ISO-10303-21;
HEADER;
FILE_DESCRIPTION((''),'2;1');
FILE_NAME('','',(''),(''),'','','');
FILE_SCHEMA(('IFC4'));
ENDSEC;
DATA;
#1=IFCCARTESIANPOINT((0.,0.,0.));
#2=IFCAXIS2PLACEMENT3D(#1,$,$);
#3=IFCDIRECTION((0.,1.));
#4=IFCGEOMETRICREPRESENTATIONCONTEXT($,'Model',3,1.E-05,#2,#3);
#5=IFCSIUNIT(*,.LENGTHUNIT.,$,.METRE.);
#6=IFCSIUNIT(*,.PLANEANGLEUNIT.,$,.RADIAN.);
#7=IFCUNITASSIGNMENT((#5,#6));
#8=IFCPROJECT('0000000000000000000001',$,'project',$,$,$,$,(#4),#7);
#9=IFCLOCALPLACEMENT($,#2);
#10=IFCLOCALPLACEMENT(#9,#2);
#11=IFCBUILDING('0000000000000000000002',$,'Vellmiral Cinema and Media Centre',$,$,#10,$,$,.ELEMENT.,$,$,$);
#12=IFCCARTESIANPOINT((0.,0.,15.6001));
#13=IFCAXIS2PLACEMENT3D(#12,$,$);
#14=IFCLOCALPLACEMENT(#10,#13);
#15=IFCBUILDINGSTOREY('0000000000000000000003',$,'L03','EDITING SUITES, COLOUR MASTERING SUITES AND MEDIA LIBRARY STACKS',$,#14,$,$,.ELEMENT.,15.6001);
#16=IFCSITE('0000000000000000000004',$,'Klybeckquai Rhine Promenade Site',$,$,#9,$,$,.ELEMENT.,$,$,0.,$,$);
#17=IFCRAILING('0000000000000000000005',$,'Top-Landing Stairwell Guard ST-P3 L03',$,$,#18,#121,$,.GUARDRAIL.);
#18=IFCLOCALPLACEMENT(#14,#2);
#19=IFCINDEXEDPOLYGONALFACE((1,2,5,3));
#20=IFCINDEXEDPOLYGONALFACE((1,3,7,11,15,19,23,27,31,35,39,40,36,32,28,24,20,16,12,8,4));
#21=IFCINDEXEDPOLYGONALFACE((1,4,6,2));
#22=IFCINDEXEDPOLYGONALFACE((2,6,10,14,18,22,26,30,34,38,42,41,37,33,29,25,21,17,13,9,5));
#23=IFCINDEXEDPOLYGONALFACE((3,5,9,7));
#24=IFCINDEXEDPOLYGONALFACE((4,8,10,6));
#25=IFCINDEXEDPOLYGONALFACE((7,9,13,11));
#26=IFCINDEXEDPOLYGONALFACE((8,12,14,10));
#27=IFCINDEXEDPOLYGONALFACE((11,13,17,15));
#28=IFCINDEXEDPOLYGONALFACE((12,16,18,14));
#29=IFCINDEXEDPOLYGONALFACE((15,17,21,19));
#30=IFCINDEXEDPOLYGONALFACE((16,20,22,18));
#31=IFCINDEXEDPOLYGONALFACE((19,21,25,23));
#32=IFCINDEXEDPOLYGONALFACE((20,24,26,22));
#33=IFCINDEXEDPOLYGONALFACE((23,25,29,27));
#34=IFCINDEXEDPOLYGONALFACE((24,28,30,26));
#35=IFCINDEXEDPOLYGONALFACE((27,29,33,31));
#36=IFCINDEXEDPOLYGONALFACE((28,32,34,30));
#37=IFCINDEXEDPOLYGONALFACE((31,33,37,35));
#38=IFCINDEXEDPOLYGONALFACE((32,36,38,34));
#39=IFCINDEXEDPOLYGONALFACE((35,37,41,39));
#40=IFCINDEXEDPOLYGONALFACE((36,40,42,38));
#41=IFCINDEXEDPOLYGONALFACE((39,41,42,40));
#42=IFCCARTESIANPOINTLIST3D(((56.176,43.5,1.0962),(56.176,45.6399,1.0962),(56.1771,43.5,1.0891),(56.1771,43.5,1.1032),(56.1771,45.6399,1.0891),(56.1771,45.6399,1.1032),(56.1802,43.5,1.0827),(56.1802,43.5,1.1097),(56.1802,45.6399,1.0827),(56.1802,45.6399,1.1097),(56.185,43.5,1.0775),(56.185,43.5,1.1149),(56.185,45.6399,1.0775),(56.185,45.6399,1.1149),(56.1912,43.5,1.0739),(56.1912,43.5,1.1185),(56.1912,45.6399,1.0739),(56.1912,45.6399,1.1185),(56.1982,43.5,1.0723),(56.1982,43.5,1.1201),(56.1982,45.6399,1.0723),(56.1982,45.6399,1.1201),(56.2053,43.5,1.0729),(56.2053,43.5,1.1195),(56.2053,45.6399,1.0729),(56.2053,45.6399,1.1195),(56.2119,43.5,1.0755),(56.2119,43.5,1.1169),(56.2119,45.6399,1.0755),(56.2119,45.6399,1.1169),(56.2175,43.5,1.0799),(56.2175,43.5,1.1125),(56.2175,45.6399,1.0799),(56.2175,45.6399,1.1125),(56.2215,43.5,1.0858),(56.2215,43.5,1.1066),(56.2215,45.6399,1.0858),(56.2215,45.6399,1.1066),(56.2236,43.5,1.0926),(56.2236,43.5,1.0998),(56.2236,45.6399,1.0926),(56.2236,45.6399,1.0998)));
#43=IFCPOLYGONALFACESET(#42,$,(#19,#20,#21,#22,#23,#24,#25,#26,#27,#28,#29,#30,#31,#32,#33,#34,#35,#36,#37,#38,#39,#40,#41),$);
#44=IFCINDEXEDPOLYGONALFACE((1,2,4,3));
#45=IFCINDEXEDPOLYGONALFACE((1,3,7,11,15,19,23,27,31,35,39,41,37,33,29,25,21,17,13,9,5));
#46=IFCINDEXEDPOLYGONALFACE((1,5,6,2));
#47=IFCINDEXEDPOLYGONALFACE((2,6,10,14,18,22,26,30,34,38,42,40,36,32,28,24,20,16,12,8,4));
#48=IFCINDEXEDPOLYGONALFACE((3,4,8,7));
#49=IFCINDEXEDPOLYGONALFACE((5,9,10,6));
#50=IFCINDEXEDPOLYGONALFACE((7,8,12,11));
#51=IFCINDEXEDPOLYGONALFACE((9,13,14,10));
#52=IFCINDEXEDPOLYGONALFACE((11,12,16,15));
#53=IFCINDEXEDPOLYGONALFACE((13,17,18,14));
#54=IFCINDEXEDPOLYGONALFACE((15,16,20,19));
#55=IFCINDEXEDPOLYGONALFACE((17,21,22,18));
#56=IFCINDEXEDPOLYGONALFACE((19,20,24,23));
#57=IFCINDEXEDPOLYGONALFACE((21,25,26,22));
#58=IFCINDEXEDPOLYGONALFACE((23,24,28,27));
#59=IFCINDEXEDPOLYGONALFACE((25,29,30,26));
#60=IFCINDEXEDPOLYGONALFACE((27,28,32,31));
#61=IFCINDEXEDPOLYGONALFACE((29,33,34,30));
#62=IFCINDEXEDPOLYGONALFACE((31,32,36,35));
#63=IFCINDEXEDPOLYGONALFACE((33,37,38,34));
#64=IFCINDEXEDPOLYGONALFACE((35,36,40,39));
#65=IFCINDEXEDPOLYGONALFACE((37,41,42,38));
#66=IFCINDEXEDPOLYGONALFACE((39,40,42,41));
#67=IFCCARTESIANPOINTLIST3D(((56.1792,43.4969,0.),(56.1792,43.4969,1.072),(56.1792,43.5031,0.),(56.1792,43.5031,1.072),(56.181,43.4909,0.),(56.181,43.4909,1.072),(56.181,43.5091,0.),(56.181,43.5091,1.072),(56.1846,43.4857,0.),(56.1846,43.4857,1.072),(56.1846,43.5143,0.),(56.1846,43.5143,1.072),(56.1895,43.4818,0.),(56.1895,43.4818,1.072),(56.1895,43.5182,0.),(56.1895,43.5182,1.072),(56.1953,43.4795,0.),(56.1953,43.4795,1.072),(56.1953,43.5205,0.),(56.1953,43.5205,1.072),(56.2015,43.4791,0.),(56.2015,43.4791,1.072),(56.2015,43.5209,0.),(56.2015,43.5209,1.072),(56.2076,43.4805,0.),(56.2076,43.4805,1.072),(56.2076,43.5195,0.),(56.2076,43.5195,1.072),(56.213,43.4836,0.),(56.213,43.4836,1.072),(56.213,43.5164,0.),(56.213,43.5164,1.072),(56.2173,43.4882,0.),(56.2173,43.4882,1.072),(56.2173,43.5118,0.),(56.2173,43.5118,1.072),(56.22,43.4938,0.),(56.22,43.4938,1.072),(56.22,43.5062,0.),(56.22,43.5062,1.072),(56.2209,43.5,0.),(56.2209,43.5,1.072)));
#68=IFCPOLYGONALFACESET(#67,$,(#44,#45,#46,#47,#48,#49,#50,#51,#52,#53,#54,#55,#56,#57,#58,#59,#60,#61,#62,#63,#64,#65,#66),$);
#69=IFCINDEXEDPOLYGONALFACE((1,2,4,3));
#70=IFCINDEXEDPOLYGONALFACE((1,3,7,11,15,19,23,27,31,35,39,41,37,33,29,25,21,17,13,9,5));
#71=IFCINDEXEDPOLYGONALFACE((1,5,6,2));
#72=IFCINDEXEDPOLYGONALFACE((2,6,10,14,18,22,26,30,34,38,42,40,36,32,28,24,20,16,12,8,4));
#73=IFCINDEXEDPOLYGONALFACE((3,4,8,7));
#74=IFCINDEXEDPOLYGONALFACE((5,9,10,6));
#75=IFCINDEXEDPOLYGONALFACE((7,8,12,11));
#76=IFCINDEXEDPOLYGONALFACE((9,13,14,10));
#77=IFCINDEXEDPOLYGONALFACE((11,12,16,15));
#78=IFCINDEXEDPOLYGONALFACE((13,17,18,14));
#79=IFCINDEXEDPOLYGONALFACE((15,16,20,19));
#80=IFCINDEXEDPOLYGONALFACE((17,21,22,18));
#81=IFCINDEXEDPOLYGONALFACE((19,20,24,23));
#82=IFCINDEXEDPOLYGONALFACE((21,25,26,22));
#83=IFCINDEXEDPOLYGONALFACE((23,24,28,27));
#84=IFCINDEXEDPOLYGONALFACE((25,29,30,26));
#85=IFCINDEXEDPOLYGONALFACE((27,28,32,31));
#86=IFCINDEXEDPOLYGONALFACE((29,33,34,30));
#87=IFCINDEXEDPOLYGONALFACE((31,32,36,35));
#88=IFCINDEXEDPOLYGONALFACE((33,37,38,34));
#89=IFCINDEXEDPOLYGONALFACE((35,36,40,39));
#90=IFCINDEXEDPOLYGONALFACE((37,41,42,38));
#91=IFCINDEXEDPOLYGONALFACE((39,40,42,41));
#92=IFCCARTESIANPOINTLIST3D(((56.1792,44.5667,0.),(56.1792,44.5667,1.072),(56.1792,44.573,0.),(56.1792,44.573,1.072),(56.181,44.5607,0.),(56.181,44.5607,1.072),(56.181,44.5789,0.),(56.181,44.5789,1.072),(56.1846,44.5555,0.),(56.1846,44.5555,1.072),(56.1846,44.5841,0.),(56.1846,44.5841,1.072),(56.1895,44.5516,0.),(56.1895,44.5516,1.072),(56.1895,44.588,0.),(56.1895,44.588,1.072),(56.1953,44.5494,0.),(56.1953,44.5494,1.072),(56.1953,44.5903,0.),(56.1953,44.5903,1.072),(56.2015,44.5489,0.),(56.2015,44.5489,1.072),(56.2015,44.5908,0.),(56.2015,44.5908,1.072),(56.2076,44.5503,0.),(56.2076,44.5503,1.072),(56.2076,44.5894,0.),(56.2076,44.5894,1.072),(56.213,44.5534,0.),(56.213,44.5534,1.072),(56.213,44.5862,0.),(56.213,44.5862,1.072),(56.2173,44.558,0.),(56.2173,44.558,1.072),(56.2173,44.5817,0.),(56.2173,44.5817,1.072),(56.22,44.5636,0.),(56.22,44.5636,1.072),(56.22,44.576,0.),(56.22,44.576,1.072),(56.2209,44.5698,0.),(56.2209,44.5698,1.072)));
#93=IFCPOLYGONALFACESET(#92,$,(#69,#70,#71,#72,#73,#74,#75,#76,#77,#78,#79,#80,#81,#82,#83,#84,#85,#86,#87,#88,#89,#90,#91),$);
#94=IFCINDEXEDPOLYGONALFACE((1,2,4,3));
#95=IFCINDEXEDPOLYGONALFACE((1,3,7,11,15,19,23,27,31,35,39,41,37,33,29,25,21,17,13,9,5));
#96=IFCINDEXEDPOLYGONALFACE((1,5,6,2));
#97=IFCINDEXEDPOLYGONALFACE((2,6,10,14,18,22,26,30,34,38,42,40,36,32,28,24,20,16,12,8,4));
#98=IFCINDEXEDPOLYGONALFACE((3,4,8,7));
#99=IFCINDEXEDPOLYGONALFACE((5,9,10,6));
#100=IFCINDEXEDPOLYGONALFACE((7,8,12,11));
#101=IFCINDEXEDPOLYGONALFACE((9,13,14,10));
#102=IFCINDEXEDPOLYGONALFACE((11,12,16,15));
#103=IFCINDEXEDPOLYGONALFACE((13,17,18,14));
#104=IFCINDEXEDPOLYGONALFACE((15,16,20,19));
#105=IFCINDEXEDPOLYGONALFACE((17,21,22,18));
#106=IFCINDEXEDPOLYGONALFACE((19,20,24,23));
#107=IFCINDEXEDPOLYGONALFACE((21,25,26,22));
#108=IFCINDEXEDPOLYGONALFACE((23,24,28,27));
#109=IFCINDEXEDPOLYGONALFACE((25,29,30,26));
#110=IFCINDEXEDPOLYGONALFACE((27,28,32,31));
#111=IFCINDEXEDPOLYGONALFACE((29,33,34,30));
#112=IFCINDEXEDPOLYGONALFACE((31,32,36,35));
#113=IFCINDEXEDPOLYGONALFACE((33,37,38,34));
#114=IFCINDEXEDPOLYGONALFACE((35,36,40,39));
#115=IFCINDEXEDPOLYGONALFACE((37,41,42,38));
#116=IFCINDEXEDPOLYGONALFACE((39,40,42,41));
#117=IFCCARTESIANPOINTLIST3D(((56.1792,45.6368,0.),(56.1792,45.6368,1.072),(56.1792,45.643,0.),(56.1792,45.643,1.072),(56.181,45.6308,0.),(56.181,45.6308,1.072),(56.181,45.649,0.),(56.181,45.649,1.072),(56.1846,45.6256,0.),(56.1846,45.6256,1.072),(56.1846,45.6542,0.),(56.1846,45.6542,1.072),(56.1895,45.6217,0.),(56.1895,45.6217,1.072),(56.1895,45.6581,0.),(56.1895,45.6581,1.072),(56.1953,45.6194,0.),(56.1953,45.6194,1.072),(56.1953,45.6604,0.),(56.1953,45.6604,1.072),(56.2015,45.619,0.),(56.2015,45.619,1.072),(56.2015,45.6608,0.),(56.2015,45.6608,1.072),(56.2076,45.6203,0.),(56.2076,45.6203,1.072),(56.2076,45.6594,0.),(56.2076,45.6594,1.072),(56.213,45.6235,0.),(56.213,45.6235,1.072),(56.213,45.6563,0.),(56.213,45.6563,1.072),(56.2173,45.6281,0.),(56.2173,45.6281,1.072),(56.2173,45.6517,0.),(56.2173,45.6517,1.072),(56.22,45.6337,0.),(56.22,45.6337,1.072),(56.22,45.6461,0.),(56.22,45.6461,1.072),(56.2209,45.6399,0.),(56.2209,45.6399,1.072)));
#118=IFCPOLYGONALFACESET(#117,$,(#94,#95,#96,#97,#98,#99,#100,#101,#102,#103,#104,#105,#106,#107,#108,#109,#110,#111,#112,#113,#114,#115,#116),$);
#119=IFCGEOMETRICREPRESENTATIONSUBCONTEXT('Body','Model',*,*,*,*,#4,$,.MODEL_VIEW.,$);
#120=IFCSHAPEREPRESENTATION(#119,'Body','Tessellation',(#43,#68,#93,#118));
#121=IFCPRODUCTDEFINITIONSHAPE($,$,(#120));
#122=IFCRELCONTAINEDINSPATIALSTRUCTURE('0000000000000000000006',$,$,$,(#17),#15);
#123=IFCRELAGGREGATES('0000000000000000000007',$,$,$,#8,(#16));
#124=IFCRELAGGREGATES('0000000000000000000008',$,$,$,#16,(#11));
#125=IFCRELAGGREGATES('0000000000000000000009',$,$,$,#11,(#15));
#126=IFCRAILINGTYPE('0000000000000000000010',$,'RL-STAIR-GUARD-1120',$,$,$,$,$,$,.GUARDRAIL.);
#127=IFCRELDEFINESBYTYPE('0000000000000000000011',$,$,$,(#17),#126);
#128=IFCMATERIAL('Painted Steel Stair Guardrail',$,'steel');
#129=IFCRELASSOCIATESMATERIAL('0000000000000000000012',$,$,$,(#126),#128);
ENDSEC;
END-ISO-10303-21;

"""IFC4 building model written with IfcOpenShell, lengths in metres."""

from ifc_helpers import new_model, si_unit, direction, frame, origin, origin_2d, place, context, subcontext, project, spatial, circle, extrude, material, type_object, element, save


model = new_model("IFC4")

# Units and contexts
model_context = context("Model", 3, precision=1e-05, world=origin(), true_north=direction((0.0, 1.0)))
body_context = subcontext(model_context, "Body", "Model", "MODEL_VIEW")
ifc_project = project(units=[si_unit("LENGTHUNIT", "METRE"), si_unit("PLANEANGLEUNIT", "RADIAN")], contexts=[model_context])

# Site, building, storey
site_placement = place(None, origin())
site = spatial("IfcSite", under=ifc_project, at=site_placement, Name="Klybeckquai Rhine Promenade Site", CompositionType="ELEMENT", RefElevation=0.0)
building_placement = place(site_placement, origin())
building = spatial("IfcBuilding", under=site, at=building_placement, Name="Vellmiral Cinema and Media Centre", CompositionType="ELEMENT")
storey_placement = place(building_placement, frame((0.0, 0.0, 15.6001)))
storey = spatial("IfcBuildingStorey", under=building, at=storey_placement, Name="L03", Description="EDITING SUITES, COLOUR MASTERING SUITES AND MEDIA LIBRARY STACKS", CompositionType="ELEMENT", Elevation=15.6001)

# Railing
ifc_material_1 = material(Name="Painted Steel Stair Guardrail", Category="steel")
railing_type = type_object("IfcRailingType", Name="RL-STAIR-GUARD-1120", PredefinedType="GUARDRAIL", material=ifc_material_1)
railing_placement = place(storey_placement, frame((56.2, 43.5, 0.0)))
element("IfcRailing", 1, at=railing_placement, inside=storey, type_object=railing_type, Name="Top-Landing Stairwell Guard ST-P3 L03", PredefinedType="GUARDRAIL", context=body_context, shape_type="SweptSolid", body=[
    extrude(circle(Radius=0.0239, at=origin_2d()), frame((0.0, 0.0, 1.0962), z_axis=(0.0, 1.0, 0.0), x_axis=(-1.0, 0.0, 0.0)), (0.0, 0.0, 1.0), 2.1399),
    extrude(circle(Radius=0.021, at=origin_2d()), origin(), (0.0, 0.0, 1.0), 1.072),
    extrude(circle(Radius=0.021, at=origin_2d()), frame((0.0, 1.0698, 0.0)), (0.0, 0.0, 1.0), 1.072),
    extrude(circle(Radius=0.021, at=origin_2d()), frame((0.0, 2.1399, 0.0)), (0.0, 0.0, 1.0), 1.072),
])

save(model, "model.ifc")
